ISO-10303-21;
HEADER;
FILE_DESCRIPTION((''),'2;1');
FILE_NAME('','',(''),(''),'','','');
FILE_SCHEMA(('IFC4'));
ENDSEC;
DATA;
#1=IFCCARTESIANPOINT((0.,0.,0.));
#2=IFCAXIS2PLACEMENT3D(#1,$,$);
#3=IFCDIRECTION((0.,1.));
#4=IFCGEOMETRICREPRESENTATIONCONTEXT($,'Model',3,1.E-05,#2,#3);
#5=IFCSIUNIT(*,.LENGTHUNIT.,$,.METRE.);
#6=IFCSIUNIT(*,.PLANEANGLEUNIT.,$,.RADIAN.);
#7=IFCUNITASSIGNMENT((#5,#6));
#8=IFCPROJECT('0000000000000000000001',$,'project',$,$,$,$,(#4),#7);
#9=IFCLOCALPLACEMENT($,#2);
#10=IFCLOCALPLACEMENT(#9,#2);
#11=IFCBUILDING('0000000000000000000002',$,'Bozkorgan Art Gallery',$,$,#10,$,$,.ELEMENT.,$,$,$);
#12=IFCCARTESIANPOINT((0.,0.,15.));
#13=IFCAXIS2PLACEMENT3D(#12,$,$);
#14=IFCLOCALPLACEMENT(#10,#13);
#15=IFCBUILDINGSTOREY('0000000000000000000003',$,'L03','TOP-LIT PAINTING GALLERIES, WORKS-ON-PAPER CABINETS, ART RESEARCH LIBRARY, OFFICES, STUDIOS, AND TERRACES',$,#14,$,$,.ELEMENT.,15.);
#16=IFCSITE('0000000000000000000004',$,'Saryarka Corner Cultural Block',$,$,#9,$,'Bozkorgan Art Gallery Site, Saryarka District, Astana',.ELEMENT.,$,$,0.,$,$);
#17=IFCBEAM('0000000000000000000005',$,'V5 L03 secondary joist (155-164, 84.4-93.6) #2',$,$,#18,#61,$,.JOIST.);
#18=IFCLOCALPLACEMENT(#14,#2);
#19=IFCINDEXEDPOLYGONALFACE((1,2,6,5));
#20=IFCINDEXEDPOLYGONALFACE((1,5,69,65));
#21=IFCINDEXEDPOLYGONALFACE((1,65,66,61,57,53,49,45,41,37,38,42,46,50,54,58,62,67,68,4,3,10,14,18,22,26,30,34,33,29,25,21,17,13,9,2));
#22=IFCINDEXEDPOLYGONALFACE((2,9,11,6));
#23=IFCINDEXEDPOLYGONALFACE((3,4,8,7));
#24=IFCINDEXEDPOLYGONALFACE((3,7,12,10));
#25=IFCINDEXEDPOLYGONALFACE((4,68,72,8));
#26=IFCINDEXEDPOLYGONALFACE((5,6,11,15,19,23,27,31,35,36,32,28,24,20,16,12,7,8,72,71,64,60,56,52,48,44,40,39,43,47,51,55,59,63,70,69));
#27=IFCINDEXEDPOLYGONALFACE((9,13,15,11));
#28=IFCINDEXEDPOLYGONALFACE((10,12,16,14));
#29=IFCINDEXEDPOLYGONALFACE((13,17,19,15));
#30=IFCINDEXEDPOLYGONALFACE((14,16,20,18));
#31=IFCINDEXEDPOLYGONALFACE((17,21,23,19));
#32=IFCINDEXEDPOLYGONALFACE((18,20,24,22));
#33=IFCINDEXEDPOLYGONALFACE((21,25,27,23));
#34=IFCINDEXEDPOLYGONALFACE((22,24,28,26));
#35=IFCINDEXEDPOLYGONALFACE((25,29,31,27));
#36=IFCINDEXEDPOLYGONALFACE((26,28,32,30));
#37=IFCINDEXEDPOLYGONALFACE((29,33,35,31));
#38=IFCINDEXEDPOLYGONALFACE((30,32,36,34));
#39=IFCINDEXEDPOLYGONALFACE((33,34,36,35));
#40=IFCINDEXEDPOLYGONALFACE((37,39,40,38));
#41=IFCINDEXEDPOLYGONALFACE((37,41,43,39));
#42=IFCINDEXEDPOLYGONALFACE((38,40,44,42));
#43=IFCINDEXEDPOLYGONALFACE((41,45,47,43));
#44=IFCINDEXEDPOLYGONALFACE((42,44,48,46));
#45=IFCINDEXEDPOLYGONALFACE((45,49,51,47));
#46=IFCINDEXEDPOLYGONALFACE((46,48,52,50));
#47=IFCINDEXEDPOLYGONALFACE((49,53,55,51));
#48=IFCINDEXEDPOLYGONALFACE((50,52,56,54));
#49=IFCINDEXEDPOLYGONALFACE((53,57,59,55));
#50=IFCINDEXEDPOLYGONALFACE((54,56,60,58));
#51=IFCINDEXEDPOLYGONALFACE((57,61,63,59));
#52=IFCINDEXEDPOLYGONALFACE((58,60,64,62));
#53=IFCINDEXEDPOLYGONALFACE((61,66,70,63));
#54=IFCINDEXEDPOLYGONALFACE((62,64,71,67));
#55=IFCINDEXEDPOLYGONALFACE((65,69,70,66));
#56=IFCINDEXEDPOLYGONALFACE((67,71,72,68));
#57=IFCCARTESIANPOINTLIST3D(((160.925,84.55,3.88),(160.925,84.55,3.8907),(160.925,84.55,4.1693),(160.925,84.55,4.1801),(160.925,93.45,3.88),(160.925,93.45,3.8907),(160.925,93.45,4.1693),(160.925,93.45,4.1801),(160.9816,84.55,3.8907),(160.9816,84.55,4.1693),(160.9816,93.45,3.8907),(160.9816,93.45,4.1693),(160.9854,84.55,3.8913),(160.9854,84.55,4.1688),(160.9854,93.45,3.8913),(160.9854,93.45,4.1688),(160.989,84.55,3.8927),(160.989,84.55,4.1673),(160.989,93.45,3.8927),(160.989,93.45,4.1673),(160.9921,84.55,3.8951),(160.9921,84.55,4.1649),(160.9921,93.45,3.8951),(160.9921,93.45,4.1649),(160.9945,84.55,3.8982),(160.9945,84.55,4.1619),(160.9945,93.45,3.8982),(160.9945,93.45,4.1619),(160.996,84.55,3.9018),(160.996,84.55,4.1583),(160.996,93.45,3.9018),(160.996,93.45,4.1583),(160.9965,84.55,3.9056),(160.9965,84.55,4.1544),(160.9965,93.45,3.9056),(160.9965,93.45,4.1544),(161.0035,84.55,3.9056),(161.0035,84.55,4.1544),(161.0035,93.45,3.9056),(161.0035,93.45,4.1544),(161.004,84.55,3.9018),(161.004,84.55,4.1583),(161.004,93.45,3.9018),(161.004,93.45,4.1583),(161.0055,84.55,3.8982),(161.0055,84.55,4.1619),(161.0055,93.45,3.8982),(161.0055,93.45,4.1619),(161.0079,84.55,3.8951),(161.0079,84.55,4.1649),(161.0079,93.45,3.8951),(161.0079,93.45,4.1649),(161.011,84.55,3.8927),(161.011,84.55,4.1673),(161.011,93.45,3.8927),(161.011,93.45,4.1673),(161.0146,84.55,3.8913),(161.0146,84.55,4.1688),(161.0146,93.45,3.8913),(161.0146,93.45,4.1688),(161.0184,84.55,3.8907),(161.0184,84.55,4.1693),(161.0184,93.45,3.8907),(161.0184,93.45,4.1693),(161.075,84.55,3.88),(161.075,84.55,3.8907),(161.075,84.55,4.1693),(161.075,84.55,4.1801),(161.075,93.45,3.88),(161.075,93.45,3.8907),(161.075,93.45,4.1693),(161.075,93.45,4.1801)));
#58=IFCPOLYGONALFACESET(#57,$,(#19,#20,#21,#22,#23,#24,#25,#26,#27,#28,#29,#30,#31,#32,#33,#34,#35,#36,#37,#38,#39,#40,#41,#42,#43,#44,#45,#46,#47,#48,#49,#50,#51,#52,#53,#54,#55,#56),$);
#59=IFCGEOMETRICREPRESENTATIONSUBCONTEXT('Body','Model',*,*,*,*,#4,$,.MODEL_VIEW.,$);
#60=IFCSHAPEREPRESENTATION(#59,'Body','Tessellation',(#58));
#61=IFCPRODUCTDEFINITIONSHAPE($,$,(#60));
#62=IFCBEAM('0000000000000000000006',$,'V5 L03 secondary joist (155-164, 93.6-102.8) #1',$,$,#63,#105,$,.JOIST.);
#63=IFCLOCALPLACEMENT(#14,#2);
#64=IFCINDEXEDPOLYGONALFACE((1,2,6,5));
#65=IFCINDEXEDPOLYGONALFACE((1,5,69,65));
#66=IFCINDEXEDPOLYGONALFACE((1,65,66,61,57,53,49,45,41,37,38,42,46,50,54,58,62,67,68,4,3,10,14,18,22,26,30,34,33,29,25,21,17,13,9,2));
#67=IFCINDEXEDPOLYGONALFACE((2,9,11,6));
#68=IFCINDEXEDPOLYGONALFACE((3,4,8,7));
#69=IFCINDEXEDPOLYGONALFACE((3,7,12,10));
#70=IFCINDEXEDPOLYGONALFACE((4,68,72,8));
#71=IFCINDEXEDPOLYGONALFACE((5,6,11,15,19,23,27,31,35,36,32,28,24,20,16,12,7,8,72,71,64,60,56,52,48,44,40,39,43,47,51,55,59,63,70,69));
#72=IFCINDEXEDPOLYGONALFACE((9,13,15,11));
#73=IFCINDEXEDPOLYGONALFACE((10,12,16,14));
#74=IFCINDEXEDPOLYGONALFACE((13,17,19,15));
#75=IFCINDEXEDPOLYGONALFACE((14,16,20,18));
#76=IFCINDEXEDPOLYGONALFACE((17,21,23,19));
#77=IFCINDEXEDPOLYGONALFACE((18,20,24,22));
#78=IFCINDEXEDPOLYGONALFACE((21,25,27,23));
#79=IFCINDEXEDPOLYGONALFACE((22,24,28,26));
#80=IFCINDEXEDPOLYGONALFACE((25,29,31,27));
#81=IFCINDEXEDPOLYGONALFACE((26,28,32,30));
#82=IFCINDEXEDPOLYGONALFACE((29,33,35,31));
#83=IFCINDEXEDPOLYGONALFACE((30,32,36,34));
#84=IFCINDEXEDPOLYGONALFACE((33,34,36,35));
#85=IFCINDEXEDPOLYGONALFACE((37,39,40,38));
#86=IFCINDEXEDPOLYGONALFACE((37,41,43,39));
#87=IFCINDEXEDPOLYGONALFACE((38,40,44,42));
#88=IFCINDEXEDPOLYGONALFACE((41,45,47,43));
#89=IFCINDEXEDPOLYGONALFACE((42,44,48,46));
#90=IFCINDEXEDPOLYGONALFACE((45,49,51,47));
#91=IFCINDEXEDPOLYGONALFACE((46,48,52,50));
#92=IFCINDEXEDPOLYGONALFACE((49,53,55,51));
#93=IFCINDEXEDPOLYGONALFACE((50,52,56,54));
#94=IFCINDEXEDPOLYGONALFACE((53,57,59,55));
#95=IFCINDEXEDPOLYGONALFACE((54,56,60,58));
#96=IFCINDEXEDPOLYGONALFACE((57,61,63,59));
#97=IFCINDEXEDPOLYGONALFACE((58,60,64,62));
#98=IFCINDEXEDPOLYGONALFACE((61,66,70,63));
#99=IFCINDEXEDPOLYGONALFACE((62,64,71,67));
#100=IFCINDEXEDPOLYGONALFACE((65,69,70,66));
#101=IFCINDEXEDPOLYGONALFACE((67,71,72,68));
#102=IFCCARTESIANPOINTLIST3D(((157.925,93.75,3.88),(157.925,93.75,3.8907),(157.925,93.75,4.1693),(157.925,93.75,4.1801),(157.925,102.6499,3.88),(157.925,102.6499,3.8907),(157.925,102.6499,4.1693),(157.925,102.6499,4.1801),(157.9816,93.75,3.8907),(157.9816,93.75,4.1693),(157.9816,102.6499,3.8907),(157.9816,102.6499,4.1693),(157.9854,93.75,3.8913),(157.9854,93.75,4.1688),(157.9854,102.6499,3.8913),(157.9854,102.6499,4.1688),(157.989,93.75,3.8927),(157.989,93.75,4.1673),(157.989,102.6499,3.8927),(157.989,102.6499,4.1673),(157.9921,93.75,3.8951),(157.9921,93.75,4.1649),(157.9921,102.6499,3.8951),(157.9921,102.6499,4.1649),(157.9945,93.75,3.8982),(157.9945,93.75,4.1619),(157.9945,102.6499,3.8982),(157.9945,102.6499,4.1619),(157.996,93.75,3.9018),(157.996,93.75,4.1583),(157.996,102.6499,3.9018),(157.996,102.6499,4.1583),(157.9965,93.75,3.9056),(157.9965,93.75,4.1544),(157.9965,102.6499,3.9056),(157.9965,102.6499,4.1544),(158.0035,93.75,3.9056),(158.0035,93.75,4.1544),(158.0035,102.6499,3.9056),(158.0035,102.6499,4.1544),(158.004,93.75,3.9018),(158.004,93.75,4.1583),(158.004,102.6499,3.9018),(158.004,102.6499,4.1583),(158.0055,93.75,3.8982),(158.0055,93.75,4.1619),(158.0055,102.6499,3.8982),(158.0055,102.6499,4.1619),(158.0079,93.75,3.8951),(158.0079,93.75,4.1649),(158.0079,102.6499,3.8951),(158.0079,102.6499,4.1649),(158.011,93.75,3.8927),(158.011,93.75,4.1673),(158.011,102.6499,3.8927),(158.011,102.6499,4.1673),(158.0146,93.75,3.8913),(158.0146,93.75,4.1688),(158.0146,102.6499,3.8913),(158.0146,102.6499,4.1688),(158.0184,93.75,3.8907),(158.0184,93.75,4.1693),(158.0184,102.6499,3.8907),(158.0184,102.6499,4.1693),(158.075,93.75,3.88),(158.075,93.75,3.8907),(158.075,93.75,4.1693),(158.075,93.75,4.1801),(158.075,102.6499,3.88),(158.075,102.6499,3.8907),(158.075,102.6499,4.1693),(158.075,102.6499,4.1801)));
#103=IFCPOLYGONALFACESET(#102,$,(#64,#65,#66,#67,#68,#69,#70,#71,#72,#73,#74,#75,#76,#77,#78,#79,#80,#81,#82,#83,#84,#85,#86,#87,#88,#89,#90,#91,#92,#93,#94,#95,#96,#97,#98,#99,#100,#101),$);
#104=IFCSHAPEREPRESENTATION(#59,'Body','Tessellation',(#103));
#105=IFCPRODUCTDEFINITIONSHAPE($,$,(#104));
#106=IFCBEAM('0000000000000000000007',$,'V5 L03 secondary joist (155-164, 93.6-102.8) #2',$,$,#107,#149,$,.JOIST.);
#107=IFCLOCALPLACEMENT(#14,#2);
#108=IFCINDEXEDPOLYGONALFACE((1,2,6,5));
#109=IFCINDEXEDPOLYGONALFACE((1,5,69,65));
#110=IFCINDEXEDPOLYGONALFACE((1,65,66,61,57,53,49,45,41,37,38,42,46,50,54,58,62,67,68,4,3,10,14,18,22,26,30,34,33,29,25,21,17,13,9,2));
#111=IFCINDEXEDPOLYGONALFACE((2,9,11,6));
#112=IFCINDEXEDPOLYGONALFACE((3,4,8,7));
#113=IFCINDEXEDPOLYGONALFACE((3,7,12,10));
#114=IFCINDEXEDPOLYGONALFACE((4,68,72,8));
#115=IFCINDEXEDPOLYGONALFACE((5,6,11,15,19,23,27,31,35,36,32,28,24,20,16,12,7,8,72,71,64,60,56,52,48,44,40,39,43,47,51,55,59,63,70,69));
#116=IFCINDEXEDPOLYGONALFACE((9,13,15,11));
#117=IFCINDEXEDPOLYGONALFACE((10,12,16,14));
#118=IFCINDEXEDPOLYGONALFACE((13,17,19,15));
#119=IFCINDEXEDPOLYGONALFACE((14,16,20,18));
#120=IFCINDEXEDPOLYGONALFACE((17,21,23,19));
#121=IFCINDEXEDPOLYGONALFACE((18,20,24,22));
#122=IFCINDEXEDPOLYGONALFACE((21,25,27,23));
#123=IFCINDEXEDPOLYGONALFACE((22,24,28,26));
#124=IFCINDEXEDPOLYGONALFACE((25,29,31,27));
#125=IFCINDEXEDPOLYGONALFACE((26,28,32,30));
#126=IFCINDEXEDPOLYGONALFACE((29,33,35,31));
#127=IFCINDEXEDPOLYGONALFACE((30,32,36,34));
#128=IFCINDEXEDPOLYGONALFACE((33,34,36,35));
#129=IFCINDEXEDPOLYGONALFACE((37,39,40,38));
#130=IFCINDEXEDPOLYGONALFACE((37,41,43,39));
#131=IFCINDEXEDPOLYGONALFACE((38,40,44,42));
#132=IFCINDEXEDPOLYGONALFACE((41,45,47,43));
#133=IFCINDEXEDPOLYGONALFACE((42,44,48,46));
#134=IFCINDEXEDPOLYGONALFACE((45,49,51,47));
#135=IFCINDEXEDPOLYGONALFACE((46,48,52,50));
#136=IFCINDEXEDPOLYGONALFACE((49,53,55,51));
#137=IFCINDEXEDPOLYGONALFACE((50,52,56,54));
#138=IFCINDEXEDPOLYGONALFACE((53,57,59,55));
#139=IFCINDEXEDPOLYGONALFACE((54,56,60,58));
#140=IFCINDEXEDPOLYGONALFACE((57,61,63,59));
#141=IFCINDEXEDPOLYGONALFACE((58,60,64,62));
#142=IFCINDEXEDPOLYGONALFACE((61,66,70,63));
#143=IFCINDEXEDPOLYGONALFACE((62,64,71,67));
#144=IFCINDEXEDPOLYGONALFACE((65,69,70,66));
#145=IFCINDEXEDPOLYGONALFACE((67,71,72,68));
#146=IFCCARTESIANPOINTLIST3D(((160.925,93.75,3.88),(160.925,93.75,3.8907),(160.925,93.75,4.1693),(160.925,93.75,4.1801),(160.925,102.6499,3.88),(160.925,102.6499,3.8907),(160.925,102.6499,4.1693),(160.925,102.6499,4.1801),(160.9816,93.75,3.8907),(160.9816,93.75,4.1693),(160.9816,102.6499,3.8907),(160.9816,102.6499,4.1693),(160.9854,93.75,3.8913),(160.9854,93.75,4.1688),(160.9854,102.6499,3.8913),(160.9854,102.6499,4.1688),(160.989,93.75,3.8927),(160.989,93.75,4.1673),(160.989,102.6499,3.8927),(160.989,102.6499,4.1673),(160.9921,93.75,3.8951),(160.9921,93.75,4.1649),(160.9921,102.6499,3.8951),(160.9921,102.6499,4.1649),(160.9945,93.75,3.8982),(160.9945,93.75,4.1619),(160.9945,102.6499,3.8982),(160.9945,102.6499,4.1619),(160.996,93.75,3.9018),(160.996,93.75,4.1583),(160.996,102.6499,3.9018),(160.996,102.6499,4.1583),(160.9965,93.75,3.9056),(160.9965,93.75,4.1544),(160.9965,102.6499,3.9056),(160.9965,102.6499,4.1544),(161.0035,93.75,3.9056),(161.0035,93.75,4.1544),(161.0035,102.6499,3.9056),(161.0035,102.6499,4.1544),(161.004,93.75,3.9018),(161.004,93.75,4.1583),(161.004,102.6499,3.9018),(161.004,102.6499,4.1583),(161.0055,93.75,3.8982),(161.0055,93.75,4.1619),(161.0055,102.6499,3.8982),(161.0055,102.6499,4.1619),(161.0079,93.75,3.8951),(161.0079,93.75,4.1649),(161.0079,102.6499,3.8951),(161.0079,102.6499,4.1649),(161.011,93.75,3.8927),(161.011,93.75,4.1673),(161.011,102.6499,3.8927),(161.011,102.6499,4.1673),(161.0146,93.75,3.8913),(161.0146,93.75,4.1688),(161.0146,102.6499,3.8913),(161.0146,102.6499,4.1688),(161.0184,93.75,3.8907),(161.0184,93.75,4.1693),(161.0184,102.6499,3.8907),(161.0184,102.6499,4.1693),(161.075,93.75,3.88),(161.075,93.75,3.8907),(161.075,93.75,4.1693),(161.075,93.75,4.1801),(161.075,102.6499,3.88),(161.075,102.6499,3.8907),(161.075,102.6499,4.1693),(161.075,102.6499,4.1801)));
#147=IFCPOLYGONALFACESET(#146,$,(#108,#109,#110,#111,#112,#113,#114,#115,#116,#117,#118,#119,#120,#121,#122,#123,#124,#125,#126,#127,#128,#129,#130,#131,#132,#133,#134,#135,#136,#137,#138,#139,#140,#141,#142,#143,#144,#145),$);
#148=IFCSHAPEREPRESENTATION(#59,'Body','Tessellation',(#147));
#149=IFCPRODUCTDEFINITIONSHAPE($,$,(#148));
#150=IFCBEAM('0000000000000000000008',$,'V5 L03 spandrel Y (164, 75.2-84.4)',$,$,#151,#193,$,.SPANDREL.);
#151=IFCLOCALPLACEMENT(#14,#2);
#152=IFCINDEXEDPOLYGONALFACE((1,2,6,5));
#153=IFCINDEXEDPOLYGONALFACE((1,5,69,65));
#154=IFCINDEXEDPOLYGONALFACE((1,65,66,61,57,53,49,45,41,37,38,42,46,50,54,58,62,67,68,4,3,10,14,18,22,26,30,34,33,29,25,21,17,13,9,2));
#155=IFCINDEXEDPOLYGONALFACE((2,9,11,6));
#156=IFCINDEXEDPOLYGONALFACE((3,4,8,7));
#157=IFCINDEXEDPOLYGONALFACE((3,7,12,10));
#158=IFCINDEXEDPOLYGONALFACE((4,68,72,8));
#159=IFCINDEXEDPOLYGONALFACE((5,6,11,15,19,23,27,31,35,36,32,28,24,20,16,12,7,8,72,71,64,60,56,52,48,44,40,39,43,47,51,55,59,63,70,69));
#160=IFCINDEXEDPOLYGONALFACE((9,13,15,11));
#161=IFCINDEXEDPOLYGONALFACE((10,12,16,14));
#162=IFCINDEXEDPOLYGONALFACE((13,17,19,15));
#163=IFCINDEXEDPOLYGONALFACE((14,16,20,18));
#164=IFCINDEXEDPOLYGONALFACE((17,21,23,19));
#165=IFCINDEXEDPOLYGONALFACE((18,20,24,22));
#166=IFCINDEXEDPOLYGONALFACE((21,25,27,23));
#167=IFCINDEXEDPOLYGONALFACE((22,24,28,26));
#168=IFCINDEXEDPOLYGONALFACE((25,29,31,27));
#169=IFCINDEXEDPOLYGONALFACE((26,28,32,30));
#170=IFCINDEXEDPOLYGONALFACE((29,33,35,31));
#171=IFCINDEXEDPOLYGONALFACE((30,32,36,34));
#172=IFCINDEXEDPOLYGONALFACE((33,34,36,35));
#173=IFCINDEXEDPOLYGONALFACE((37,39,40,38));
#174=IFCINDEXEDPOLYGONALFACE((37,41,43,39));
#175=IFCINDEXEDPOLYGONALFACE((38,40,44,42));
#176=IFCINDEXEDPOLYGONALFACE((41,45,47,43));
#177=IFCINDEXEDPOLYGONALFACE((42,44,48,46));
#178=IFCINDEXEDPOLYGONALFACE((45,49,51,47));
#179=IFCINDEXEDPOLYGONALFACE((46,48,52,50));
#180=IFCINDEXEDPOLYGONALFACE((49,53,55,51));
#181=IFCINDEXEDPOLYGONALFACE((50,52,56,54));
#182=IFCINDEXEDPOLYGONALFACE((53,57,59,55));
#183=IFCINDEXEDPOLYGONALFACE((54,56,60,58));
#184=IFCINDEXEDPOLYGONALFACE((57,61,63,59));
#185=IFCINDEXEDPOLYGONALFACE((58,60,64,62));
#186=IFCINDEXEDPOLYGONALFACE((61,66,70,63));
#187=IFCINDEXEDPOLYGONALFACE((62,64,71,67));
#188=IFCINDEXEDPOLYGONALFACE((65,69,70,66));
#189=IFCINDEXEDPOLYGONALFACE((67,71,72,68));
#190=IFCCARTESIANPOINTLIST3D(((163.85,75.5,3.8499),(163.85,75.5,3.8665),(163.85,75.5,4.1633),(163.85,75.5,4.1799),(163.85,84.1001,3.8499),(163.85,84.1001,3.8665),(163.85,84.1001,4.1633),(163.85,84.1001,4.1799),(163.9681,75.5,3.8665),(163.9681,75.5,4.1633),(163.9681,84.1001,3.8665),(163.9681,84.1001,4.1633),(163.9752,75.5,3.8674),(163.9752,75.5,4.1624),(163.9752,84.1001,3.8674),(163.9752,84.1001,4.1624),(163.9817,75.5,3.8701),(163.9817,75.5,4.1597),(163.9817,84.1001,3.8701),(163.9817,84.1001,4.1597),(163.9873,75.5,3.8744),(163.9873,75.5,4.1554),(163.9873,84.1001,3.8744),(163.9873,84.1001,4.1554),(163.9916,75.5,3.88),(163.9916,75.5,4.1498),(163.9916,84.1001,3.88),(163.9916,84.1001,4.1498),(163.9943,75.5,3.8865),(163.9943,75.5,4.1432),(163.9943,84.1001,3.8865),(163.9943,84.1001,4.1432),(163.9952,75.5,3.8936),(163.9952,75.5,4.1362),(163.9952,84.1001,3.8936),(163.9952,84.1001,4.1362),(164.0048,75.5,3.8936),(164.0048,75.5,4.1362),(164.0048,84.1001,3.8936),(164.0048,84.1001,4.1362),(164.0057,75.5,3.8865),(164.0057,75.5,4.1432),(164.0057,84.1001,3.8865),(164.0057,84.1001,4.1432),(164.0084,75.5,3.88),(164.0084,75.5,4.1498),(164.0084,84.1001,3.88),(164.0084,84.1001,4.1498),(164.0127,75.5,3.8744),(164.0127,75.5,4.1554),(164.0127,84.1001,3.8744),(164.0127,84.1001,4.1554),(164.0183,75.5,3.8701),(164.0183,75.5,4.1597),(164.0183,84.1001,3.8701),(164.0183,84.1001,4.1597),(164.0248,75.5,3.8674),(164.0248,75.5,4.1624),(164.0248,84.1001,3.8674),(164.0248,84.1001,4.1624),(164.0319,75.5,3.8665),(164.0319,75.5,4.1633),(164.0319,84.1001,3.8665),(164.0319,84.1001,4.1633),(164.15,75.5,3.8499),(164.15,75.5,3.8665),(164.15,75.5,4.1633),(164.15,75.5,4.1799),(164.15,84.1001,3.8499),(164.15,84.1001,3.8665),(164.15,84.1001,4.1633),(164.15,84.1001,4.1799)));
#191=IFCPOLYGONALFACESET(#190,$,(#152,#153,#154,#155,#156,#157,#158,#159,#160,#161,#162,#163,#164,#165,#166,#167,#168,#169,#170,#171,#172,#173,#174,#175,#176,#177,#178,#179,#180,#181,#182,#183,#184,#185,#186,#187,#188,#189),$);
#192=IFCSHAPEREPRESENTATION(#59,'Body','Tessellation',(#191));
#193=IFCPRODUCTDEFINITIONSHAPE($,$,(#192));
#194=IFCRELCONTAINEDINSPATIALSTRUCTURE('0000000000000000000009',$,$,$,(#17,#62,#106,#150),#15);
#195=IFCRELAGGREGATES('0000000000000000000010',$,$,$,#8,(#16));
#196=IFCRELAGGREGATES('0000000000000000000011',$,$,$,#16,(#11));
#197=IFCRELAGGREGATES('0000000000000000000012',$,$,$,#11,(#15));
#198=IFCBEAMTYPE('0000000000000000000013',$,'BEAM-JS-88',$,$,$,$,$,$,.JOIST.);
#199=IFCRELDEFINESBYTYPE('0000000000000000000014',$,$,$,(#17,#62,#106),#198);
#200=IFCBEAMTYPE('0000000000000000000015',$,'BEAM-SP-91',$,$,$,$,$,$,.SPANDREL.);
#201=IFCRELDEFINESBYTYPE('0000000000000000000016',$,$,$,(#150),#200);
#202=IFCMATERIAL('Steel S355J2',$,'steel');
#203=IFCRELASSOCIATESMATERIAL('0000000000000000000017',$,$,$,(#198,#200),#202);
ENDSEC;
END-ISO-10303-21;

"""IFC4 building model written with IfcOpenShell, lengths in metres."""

from ifc_helpers import new_model, si_unit, direction, frame, origin, origin_2d, place, context, subcontext, project, spatial, i_section, extrude, material, material_profile, profile_set, type_object, element, save


model = new_model("IFC4")

# Units and contexts
model_context = context("Model", 3, precision=1e-05, world=origin(), true_north=direction((0.0, 1.0)))
body_context = subcontext(model_context, "Body", "Model", "MODEL_VIEW")
ifc_project = project(units=[si_unit("LENGTHUNIT", "METRE"), si_unit("PLANEANGLEUNIT", "RADIAN")], contexts=[model_context])

# Site, building, storey
site_placement = place(None, origin())
site = spatial("IfcSite", under=ifc_project, at=site_placement, Name="Saryarka Corner Cultural Block", LongName="Bozkorgan Art Gallery Site, Saryarka District, Astana", CompositionType="ELEMENT", RefElevation=0.0)
building_placement = place(site_placement, origin())
building = spatial("IfcBuilding", under=site, at=building_placement, Name="Bozkorgan Art Gallery", CompositionType="ELEMENT")
storey_placement = place(building_placement, frame((0.0, 0.0, 15.0)))
storey = spatial("IfcBuildingStorey", under=building, at=storey_placement, Name="L03", Description="TOP-LIT PAINTING GALLERIES, WORKS-ON-PAPER CABINETS, ART RESEARCH LIBRARY, OFFICES, STUDIOS, AND TERRACES", CompositionType="ELEMENT", Elevation=15.0)

# Beams
ifc_material_1 = material(Name="Steel S355J2", Category="steel")
ifc_material_profile_1 = material_profile(ifc_material_1, i_section(OverallWidth=0.1499, OverallDepth=0.3, WebThickness=0.0071, FlangeThickness=0.0107, FilletRadius=0.0149, at=origin_2d()), Name="IPE 300")
ifc_profile_set_1 = profile_set([ifc_material_profile_1], Name="Steel S355J2")
beam_type_1 = type_object("IfcBeamType", Name="BEAM-JS-88", PredefinedType="JOIST", material=ifc_profile_set_1)
for number, where, z_axis, x_axis, name in (
    (1, (161.0, 84.55, 4.03), (0.0, 1.0, 0.0), (-1.0, 0.0, 0.0), "V5 L03 secondary joist (155-164, 84.4-93.6) #2"),
    (2, (158.0, 93.75, 4.03), (0.0, 1.0, 0.0), (-1.0, 0.0, 0.0), "V5 L03 secondary joist (155-164, 93.6-102.8) #1"),
    (3, (161.0, 93.75, 4.03), (0.0, 1.0, 0.0), (-1.0, 0.0, 0.0), "V5 L03 secondary joist (155-164, 93.6-102.8) #2"),
):
    element("IfcBeam", number, at=place(storey_placement, frame(where, z_axis=z_axis, x_axis=x_axis)), inside=storey, type_object=beam_type_1, Name=name, PredefinedType="JOIST", context=body_context, shape_type="SweptSolid", body=[
        extrude(i_section(OverallWidth=0.1499, OverallDepth=0.3, WebThickness=0.0071, FlangeThickness=0.0107, FilletRadius=0.0149, at=origin_2d()), origin(), (0.0, 0.0, 1.0), 8.8999),
    ])
ifc_material_profile_2 = material_profile(ifc_material_1, i_section(OverallWidth=0.3, OverallDepth=0.3301, WebThickness=0.0095, FlangeThickness=0.0166, FilletRadius=0.0271, at=origin_2d()), Name="HEA 340")
ifc_profile_set_2 = profile_set([ifc_material_profile_2], Name="Steel S355J2")
beam_type_2 = type_object("IfcBeamType", Name="BEAM-SP-91", PredefinedType="SPANDREL", material=ifc_profile_set_2)
for number, where, z_axis, x_axis, name in (
    (4, (164.0, 75.5, 4.0149), (0.0, 1.0, 0.0), (-1.0, 0.0, 0.0), "V5 L03 spandrel Y (164, 75.2-84.4)"),
):
    element("IfcBeam", number, at=place(storey_placement, frame(where, z_axis=z_axis, x_axis=x_axis)), inside=storey, type_object=beam_type_2, Name=name, PredefinedType="SPANDREL", context=body_context, shape_type="SweptSolid", body=[
        extrude(i_section(OverallWidth=0.3, OverallDepth=0.3301, WebThickness=0.0095, FlangeThickness=0.0166, FilletRadius=0.0271, at=origin_2d()), origin(), (0.0, 0.0, 1.0), 8.6001),
    ])

save(model, "model.ifc")
